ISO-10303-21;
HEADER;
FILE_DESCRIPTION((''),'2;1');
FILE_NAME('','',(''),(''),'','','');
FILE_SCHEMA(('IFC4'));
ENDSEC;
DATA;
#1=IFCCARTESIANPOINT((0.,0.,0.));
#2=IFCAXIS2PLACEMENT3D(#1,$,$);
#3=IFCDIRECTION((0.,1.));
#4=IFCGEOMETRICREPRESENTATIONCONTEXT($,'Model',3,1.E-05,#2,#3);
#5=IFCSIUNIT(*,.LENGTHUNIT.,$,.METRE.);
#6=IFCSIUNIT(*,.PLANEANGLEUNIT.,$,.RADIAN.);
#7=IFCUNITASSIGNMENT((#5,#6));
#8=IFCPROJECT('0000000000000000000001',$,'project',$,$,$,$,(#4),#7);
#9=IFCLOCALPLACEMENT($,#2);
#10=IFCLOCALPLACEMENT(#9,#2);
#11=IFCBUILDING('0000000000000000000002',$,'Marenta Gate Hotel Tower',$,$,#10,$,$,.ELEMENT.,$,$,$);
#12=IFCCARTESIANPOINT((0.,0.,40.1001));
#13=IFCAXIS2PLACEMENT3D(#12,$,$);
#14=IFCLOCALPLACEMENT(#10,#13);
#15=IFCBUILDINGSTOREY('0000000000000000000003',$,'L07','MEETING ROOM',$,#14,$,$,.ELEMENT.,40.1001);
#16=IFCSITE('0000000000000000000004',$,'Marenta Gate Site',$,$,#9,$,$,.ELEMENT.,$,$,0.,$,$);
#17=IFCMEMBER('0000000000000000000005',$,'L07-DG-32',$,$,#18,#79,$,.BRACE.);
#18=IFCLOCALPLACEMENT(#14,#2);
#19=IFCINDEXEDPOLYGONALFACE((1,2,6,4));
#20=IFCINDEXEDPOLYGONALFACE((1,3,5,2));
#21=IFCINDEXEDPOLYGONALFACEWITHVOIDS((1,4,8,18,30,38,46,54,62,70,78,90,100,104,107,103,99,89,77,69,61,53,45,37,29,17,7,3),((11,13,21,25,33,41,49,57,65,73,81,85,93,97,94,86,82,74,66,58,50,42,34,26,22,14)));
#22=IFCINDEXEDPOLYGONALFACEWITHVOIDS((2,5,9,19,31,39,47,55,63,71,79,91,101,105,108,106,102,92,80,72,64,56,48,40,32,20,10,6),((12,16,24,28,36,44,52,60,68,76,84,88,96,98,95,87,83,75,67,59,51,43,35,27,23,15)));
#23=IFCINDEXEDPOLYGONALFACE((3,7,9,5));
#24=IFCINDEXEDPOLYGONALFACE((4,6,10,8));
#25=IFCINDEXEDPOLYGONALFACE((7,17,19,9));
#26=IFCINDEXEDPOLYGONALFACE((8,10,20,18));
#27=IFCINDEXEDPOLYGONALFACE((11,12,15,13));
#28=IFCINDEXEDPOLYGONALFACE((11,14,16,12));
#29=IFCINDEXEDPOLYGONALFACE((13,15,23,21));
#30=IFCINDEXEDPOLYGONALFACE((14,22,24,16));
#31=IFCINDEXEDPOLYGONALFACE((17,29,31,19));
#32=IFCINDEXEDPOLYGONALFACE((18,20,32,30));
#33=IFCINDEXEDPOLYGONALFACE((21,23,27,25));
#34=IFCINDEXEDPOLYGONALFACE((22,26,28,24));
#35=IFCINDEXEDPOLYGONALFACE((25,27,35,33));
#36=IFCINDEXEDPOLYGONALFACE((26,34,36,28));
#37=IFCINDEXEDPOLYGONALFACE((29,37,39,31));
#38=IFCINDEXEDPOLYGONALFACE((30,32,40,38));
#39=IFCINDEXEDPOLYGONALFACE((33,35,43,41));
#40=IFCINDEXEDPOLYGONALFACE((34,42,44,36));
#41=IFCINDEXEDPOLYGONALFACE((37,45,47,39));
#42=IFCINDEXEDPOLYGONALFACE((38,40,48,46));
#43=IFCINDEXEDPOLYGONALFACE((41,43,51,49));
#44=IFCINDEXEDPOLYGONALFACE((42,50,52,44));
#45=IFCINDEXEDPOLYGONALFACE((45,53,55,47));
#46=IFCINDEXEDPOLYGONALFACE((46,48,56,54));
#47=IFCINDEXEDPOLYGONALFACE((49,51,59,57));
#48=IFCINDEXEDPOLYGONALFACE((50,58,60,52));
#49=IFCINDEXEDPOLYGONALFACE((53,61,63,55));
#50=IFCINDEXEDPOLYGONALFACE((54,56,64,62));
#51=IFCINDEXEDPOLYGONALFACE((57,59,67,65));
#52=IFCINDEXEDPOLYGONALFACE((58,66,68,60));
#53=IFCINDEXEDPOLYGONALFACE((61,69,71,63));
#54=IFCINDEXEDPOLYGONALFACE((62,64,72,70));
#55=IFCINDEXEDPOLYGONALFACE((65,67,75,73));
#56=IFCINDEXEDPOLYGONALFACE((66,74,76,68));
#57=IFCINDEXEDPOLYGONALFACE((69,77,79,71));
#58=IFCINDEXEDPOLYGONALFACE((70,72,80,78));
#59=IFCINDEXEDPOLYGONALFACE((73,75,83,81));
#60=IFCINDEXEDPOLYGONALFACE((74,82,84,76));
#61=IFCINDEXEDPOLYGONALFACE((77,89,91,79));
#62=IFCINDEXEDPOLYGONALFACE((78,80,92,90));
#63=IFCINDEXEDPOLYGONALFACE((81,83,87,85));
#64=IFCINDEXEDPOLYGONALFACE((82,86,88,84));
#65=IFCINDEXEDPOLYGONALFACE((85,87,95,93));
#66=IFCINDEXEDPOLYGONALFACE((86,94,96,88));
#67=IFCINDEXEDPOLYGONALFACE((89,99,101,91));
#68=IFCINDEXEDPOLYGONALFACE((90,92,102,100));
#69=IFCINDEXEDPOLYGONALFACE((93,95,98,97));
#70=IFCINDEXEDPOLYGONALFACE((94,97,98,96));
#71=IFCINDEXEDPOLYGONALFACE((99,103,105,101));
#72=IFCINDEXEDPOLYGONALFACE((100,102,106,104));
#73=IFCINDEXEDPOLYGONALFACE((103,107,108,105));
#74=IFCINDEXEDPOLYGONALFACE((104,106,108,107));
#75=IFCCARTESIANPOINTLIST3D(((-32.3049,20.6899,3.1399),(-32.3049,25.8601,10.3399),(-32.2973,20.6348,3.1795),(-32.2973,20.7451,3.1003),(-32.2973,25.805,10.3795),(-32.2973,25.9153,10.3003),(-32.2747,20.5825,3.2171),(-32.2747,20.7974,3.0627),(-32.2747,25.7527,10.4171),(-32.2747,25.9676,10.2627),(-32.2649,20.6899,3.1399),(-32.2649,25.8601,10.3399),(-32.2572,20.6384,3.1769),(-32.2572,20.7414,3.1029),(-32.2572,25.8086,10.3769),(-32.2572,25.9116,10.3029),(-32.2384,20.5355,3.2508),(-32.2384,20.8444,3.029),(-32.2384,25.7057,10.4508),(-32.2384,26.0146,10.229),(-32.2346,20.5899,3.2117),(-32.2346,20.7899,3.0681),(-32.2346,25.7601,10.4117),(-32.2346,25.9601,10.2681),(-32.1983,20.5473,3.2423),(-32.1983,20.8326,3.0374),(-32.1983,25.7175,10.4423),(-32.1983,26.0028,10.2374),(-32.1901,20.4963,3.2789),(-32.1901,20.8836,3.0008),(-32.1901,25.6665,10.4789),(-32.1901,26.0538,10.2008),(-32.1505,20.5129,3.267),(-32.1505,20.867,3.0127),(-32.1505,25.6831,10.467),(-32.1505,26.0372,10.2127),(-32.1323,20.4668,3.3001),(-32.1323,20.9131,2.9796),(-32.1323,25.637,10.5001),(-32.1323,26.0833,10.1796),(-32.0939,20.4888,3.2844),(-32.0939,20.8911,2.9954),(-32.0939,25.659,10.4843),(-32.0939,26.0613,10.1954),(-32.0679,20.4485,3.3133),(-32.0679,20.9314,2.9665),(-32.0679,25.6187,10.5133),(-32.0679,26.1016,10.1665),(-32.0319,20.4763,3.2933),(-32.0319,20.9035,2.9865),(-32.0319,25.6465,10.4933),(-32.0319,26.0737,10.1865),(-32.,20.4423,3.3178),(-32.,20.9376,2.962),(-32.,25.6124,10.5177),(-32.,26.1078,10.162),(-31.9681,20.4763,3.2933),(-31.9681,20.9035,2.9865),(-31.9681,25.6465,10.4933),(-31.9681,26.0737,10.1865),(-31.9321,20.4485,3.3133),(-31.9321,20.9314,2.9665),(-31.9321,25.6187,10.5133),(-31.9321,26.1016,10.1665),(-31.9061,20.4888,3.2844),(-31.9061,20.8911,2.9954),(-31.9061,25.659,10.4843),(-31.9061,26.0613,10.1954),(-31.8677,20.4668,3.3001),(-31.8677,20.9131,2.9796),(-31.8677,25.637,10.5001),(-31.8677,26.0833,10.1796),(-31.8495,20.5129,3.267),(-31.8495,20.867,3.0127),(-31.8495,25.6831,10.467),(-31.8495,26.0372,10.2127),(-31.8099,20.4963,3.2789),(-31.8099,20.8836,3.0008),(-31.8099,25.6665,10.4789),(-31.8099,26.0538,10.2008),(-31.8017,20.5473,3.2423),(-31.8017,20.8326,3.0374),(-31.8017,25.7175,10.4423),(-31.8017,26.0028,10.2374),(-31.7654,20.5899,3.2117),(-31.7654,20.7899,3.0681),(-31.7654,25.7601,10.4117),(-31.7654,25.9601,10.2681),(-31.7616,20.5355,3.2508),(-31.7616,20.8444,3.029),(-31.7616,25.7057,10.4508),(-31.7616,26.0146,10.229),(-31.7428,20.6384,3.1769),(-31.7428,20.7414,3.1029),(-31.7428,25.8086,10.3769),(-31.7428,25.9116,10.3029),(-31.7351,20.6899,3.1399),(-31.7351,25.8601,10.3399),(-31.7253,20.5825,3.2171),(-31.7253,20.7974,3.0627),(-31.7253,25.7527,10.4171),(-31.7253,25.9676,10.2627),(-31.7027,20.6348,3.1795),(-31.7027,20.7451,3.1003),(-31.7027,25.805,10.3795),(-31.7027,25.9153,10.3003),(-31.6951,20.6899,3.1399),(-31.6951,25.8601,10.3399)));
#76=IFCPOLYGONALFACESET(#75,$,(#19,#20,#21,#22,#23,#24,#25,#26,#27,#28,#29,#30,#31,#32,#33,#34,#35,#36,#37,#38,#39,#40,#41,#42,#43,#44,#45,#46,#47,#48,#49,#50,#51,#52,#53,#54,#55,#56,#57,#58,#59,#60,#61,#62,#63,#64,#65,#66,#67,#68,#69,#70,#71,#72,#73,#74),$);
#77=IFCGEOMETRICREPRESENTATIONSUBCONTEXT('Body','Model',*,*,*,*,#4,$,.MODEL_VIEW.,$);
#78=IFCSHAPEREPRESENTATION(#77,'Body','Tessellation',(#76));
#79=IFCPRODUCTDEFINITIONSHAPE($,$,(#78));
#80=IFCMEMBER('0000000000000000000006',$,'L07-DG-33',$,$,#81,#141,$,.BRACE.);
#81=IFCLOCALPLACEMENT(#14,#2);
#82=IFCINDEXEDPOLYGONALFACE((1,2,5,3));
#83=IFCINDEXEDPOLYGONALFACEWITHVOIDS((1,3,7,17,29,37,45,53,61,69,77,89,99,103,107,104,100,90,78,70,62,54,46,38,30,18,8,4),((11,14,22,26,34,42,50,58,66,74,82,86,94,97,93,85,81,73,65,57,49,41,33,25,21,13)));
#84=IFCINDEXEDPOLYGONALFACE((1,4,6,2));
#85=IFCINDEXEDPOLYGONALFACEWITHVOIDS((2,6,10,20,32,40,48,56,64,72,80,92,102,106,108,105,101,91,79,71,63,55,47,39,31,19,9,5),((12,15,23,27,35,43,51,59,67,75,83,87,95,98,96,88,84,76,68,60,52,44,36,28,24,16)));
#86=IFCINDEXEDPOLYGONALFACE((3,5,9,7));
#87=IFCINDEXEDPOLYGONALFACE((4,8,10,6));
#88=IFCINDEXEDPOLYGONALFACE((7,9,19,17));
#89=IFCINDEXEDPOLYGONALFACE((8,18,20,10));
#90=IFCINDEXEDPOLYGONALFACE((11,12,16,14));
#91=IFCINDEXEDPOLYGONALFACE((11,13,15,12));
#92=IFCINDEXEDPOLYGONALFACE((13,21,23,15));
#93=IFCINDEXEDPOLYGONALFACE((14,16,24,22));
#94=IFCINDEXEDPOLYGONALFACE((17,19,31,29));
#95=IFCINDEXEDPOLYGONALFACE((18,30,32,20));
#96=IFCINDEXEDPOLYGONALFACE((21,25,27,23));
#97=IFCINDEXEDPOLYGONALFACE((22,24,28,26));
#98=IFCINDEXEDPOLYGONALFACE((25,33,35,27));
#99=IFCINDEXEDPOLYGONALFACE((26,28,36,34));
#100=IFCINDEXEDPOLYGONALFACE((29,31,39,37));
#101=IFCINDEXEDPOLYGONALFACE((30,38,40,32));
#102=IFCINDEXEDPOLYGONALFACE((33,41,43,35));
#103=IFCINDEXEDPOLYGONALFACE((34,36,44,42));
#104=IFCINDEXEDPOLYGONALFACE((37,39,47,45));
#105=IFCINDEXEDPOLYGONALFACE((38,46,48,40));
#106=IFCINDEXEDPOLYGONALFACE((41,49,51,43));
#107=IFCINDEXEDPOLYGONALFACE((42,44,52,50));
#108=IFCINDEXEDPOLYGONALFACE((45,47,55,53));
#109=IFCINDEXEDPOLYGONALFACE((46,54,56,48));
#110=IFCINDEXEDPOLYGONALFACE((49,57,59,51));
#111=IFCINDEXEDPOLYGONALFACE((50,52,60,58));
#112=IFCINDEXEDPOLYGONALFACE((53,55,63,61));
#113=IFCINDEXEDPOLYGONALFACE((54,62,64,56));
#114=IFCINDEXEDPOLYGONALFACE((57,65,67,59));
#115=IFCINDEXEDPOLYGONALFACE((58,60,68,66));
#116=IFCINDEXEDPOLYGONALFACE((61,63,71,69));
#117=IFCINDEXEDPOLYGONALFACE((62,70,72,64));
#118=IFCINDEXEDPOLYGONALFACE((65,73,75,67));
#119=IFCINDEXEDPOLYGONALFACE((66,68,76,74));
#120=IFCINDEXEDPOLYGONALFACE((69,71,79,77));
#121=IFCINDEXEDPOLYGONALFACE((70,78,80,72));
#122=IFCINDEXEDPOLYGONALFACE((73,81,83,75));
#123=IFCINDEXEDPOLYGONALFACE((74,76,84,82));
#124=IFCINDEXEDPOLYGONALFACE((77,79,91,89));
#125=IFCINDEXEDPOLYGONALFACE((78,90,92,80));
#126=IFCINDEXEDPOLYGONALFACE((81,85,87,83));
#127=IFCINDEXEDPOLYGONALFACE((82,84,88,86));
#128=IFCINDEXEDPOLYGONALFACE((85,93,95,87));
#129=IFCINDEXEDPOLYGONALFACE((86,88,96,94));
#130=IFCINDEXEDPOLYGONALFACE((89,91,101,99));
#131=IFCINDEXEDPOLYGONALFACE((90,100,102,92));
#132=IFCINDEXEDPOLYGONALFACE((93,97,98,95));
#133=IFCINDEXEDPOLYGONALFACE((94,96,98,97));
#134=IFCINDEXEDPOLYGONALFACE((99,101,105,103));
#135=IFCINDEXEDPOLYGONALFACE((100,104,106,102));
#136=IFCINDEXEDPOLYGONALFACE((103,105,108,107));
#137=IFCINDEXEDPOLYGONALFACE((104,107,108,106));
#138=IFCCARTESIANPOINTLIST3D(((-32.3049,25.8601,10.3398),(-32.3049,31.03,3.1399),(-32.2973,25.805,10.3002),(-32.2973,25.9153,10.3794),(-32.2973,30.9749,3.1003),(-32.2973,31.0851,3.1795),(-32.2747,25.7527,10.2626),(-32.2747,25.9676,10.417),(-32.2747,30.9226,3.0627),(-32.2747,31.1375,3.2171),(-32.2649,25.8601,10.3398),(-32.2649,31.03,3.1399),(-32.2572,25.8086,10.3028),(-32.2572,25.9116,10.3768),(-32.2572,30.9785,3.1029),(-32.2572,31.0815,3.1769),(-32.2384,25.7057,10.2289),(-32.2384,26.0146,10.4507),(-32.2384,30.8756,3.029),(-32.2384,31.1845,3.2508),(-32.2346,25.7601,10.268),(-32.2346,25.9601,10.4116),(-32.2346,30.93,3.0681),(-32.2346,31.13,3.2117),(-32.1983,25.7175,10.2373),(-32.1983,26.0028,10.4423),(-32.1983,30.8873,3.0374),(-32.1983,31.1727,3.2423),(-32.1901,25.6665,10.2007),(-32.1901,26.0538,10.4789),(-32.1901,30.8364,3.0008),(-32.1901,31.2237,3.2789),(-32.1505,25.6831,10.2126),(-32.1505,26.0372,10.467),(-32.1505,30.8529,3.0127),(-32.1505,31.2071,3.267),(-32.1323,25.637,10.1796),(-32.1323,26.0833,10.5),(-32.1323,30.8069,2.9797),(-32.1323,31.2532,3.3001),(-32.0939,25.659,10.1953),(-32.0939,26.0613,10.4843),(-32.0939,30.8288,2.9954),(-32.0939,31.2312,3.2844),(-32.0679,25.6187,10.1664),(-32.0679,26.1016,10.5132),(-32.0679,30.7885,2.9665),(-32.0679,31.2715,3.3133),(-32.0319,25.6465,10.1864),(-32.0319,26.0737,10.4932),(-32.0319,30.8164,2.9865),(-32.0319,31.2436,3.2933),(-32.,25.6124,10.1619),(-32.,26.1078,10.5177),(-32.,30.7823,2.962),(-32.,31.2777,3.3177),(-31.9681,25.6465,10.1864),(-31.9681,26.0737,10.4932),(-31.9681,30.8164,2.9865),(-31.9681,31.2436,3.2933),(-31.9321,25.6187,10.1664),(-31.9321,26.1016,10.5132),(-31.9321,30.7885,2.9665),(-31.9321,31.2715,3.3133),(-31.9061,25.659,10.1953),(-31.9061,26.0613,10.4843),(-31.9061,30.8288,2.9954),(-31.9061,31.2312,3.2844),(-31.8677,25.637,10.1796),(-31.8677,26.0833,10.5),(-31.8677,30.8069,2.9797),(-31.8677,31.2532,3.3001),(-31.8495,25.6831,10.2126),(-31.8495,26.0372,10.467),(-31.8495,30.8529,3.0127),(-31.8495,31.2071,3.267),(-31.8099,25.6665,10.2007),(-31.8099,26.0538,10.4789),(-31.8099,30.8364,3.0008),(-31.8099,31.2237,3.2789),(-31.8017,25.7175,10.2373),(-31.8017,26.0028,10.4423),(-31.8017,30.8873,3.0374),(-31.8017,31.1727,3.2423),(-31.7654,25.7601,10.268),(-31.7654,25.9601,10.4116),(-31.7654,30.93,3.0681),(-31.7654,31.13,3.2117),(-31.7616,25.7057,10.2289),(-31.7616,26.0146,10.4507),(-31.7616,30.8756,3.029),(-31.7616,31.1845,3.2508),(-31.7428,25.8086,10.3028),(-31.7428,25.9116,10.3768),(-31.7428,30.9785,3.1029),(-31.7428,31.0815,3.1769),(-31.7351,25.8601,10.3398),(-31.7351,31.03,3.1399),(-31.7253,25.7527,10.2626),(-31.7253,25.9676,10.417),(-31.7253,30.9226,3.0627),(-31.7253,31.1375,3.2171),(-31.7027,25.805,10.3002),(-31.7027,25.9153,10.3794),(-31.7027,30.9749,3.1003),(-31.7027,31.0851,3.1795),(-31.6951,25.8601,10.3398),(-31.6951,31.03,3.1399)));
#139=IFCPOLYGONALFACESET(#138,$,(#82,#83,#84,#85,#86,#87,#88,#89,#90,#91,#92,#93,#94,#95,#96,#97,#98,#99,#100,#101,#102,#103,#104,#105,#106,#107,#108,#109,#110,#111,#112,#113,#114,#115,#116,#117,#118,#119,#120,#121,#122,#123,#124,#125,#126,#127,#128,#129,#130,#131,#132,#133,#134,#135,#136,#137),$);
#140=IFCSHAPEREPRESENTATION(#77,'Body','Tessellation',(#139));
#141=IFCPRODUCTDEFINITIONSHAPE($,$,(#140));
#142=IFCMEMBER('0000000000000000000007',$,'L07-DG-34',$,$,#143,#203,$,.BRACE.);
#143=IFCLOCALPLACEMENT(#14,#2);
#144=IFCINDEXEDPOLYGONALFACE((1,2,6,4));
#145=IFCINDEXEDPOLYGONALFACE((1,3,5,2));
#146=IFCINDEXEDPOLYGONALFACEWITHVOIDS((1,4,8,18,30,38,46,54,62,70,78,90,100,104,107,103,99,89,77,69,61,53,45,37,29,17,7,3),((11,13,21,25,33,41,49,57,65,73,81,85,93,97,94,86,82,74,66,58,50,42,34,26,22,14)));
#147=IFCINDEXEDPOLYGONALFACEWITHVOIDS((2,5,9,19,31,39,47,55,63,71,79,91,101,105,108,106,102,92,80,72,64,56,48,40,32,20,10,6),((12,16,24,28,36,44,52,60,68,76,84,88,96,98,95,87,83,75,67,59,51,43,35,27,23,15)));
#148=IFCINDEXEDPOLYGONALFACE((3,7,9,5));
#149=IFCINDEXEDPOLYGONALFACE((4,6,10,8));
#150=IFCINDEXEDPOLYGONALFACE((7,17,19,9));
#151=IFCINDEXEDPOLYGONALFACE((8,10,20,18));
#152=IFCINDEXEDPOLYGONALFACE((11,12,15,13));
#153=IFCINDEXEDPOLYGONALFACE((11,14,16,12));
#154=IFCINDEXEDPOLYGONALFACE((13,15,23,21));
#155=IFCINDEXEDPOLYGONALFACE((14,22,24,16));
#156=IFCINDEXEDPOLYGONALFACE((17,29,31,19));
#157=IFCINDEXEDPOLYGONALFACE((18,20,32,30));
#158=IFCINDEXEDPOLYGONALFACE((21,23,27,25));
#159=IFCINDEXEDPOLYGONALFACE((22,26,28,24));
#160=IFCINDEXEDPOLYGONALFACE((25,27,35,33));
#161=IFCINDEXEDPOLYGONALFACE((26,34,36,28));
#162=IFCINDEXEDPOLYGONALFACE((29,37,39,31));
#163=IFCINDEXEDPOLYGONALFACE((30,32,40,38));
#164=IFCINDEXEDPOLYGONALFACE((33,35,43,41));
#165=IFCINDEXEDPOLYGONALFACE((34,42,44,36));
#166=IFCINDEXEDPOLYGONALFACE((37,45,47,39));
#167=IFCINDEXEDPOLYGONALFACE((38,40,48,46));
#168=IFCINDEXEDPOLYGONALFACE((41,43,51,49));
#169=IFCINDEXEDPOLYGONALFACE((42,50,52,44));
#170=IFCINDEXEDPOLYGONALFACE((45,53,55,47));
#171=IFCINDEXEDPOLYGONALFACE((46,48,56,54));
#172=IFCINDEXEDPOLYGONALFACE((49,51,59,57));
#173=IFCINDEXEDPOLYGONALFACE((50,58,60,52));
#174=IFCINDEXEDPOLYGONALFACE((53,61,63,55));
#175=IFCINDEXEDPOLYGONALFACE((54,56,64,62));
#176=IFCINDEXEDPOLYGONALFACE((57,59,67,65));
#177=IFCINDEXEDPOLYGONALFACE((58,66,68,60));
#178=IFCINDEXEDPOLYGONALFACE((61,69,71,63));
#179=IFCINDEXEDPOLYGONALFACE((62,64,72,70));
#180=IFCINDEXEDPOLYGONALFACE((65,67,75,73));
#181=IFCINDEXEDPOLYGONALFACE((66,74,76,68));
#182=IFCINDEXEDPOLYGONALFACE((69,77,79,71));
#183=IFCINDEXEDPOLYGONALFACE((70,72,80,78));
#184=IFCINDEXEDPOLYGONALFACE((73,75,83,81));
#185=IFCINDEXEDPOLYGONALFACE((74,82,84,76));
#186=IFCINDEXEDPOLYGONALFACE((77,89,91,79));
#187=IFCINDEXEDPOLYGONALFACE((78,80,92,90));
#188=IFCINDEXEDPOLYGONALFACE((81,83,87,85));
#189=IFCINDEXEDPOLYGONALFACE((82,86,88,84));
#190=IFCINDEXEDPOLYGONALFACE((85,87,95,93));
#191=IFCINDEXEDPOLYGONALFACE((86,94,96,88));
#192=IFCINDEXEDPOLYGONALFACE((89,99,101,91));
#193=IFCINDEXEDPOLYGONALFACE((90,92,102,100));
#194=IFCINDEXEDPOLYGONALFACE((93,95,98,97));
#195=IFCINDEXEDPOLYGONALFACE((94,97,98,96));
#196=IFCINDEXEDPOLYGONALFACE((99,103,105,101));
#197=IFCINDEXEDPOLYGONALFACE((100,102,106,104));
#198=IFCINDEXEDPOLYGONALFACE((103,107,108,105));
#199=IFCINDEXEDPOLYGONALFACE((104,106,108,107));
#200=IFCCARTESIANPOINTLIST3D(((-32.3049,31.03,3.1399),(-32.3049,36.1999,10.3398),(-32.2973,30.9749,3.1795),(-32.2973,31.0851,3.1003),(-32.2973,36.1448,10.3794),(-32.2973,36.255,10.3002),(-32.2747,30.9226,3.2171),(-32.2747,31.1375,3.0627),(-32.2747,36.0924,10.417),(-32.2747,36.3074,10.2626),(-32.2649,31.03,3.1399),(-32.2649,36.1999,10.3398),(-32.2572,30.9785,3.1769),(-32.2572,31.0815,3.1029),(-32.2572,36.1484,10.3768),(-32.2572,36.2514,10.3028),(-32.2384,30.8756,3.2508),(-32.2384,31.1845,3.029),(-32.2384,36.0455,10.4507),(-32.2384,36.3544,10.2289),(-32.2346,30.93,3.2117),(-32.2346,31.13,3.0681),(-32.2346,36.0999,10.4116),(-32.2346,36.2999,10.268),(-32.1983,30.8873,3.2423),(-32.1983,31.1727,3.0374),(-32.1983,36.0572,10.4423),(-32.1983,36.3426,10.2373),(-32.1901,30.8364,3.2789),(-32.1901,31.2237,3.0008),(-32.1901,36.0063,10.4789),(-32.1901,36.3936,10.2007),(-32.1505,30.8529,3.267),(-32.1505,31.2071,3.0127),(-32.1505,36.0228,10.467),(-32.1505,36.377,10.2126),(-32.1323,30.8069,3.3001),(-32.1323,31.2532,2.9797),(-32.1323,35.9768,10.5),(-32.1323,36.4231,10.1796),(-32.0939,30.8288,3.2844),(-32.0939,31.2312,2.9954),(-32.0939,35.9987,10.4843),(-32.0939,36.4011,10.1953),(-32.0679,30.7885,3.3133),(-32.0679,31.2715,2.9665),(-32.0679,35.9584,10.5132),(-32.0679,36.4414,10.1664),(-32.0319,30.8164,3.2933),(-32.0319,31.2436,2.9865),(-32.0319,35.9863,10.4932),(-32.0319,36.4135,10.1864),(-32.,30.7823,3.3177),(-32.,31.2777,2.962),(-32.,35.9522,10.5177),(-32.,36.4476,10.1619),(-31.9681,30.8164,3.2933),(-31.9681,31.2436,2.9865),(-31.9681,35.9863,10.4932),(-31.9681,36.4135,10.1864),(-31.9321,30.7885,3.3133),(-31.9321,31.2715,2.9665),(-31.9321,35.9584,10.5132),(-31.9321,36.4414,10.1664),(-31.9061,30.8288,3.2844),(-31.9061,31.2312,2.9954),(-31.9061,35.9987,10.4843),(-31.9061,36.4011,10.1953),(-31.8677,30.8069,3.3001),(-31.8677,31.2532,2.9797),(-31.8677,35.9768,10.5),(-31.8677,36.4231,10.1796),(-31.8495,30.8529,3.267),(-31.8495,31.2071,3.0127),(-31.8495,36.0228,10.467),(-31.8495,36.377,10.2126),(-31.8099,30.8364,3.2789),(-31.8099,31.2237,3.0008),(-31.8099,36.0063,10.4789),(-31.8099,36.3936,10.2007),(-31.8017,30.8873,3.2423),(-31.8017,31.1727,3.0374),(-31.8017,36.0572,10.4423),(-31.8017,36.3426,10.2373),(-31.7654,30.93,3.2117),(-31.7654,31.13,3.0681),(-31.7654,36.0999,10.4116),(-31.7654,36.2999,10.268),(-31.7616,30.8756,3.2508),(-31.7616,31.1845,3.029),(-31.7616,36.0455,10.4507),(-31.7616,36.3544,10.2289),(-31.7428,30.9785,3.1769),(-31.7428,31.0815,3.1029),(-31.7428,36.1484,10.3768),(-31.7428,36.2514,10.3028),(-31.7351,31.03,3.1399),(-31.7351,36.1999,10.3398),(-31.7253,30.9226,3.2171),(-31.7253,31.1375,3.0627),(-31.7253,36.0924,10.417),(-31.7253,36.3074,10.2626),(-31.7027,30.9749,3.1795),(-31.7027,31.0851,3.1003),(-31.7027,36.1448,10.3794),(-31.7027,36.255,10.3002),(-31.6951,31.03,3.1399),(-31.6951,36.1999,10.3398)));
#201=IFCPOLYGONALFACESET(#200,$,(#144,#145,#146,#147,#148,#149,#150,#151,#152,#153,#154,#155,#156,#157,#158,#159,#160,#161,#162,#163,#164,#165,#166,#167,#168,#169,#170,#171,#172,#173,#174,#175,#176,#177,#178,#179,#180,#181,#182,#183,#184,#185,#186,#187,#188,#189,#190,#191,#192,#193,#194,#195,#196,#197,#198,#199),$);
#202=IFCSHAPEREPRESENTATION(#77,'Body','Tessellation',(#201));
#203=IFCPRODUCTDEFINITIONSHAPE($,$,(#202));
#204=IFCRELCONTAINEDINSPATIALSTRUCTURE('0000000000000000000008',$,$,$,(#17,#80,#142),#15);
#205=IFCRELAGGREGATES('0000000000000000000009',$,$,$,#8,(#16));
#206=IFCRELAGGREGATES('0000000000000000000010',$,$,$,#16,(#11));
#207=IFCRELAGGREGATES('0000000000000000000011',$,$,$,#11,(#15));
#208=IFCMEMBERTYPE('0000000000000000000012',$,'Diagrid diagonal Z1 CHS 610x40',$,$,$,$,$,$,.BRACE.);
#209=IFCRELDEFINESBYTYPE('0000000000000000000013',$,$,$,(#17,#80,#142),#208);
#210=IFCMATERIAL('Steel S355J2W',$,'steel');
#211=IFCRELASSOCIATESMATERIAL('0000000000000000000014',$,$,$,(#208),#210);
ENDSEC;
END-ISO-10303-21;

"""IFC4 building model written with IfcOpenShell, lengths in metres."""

from ifc_helpers import new_model, si_unit, direction, frame, origin, origin_2d, place, context, subcontext, project, spatial, hollow_circle, extrude, material, material_profile, profile_set, type_object, element, save


model = new_model("IFC4")

# Units and contexts
model_context = context("Model", 3, precision=1e-05, world=origin(), true_north=direction((0.0, 1.0)))
body_context = subcontext(model_context, "Body", "Model", "MODEL_VIEW")
ifc_project = project(units=[si_unit("LENGTHUNIT", "METRE"), si_unit("PLANEANGLEUNIT", "RADIAN")], contexts=[model_context])

# Site, building, storey
site_placement = place(None, origin())
site = spatial("IfcSite", under=ifc_project, at=site_placement, Name="Marenta Gate Site", CompositionType="ELEMENT", RefElevation=0.0)
building_placement = place(site_placement, origin())
building = spatial("IfcBuilding", under=site, at=building_placement, Name="Marenta Gate Hotel Tower", CompositionType="ELEMENT")
storey_placement = place(building_placement, frame((0.0, 0.0, 40.1001)))
storey = spatial("IfcBuildingStorey", under=building, at=storey_placement, Name="L07", Description="MEETING ROOM", CompositionType="ELEMENT", Elevation=40.1001)

# Members
ifc_material_1 = material(Name="Steel S355J2W", Category="steel")
ifc_material_profile_1 = material_profile(ifc_material_1, hollow_circle(Radius=0.3049, WallThickness=0.04, at=origin_2d()), Name="CHS 610x40")
ifc_profile_set_1 = profile_set([ifc_material_profile_1], Name="Steel S355J2W")
member_type_1 = type_object("IfcMemberType", Name="Diagrid diagonal Z1 CHS 610x40", PredefinedType="BRACE", material=ifc_profile_set_1)
member_1_placement = place(storey_placement, frame((-32.0, 20.6899, 3.1399), z_axis=(0.0, 0.583279, 0.812272), x_axis=(-1.0, 0.0, 0.0)))
element("IfcMember", 1, at=member_1_placement, inside=storey, type_object=member_type_1, Name="L07-DG-32", PredefinedType="BRACE", context=body_context, shape_type="SweptSolid", body=[
    extrude(hollow_circle(Radius=0.3049, WallThickness=0.04, at=origin_2d()), origin(), (0.0, 0.0, 1.0), 8.864),
])
for number, where, z_axis, x_axis, name in (
    (2, (-32.0, 31.03, 3.1399), (0.0, -0.583261, 0.812285), (1.0, 0.0, 0.0), "L07-DG-33"),
    (3, (-32.0, 31.03, 3.1399), (0.0, 0.583261, 0.812285), (-1.0, 0.0, 0.0), "L07-DG-34"),
):
    element("IfcMember", number, at=place(storey_placement, frame(where, z_axis=z_axis, x_axis=x_axis)), inside=storey, type_object=member_type_1, Name=name, PredefinedType="BRACE", context=body_context, shape_type="SweptSolid", body=[
        extrude(hollow_circle(Radius=0.3049, WallThickness=0.04, at=origin_2d()), origin(), (0.0, 0.0, 1.0), 8.8638),
    ])

save(model, "model.ifc")
